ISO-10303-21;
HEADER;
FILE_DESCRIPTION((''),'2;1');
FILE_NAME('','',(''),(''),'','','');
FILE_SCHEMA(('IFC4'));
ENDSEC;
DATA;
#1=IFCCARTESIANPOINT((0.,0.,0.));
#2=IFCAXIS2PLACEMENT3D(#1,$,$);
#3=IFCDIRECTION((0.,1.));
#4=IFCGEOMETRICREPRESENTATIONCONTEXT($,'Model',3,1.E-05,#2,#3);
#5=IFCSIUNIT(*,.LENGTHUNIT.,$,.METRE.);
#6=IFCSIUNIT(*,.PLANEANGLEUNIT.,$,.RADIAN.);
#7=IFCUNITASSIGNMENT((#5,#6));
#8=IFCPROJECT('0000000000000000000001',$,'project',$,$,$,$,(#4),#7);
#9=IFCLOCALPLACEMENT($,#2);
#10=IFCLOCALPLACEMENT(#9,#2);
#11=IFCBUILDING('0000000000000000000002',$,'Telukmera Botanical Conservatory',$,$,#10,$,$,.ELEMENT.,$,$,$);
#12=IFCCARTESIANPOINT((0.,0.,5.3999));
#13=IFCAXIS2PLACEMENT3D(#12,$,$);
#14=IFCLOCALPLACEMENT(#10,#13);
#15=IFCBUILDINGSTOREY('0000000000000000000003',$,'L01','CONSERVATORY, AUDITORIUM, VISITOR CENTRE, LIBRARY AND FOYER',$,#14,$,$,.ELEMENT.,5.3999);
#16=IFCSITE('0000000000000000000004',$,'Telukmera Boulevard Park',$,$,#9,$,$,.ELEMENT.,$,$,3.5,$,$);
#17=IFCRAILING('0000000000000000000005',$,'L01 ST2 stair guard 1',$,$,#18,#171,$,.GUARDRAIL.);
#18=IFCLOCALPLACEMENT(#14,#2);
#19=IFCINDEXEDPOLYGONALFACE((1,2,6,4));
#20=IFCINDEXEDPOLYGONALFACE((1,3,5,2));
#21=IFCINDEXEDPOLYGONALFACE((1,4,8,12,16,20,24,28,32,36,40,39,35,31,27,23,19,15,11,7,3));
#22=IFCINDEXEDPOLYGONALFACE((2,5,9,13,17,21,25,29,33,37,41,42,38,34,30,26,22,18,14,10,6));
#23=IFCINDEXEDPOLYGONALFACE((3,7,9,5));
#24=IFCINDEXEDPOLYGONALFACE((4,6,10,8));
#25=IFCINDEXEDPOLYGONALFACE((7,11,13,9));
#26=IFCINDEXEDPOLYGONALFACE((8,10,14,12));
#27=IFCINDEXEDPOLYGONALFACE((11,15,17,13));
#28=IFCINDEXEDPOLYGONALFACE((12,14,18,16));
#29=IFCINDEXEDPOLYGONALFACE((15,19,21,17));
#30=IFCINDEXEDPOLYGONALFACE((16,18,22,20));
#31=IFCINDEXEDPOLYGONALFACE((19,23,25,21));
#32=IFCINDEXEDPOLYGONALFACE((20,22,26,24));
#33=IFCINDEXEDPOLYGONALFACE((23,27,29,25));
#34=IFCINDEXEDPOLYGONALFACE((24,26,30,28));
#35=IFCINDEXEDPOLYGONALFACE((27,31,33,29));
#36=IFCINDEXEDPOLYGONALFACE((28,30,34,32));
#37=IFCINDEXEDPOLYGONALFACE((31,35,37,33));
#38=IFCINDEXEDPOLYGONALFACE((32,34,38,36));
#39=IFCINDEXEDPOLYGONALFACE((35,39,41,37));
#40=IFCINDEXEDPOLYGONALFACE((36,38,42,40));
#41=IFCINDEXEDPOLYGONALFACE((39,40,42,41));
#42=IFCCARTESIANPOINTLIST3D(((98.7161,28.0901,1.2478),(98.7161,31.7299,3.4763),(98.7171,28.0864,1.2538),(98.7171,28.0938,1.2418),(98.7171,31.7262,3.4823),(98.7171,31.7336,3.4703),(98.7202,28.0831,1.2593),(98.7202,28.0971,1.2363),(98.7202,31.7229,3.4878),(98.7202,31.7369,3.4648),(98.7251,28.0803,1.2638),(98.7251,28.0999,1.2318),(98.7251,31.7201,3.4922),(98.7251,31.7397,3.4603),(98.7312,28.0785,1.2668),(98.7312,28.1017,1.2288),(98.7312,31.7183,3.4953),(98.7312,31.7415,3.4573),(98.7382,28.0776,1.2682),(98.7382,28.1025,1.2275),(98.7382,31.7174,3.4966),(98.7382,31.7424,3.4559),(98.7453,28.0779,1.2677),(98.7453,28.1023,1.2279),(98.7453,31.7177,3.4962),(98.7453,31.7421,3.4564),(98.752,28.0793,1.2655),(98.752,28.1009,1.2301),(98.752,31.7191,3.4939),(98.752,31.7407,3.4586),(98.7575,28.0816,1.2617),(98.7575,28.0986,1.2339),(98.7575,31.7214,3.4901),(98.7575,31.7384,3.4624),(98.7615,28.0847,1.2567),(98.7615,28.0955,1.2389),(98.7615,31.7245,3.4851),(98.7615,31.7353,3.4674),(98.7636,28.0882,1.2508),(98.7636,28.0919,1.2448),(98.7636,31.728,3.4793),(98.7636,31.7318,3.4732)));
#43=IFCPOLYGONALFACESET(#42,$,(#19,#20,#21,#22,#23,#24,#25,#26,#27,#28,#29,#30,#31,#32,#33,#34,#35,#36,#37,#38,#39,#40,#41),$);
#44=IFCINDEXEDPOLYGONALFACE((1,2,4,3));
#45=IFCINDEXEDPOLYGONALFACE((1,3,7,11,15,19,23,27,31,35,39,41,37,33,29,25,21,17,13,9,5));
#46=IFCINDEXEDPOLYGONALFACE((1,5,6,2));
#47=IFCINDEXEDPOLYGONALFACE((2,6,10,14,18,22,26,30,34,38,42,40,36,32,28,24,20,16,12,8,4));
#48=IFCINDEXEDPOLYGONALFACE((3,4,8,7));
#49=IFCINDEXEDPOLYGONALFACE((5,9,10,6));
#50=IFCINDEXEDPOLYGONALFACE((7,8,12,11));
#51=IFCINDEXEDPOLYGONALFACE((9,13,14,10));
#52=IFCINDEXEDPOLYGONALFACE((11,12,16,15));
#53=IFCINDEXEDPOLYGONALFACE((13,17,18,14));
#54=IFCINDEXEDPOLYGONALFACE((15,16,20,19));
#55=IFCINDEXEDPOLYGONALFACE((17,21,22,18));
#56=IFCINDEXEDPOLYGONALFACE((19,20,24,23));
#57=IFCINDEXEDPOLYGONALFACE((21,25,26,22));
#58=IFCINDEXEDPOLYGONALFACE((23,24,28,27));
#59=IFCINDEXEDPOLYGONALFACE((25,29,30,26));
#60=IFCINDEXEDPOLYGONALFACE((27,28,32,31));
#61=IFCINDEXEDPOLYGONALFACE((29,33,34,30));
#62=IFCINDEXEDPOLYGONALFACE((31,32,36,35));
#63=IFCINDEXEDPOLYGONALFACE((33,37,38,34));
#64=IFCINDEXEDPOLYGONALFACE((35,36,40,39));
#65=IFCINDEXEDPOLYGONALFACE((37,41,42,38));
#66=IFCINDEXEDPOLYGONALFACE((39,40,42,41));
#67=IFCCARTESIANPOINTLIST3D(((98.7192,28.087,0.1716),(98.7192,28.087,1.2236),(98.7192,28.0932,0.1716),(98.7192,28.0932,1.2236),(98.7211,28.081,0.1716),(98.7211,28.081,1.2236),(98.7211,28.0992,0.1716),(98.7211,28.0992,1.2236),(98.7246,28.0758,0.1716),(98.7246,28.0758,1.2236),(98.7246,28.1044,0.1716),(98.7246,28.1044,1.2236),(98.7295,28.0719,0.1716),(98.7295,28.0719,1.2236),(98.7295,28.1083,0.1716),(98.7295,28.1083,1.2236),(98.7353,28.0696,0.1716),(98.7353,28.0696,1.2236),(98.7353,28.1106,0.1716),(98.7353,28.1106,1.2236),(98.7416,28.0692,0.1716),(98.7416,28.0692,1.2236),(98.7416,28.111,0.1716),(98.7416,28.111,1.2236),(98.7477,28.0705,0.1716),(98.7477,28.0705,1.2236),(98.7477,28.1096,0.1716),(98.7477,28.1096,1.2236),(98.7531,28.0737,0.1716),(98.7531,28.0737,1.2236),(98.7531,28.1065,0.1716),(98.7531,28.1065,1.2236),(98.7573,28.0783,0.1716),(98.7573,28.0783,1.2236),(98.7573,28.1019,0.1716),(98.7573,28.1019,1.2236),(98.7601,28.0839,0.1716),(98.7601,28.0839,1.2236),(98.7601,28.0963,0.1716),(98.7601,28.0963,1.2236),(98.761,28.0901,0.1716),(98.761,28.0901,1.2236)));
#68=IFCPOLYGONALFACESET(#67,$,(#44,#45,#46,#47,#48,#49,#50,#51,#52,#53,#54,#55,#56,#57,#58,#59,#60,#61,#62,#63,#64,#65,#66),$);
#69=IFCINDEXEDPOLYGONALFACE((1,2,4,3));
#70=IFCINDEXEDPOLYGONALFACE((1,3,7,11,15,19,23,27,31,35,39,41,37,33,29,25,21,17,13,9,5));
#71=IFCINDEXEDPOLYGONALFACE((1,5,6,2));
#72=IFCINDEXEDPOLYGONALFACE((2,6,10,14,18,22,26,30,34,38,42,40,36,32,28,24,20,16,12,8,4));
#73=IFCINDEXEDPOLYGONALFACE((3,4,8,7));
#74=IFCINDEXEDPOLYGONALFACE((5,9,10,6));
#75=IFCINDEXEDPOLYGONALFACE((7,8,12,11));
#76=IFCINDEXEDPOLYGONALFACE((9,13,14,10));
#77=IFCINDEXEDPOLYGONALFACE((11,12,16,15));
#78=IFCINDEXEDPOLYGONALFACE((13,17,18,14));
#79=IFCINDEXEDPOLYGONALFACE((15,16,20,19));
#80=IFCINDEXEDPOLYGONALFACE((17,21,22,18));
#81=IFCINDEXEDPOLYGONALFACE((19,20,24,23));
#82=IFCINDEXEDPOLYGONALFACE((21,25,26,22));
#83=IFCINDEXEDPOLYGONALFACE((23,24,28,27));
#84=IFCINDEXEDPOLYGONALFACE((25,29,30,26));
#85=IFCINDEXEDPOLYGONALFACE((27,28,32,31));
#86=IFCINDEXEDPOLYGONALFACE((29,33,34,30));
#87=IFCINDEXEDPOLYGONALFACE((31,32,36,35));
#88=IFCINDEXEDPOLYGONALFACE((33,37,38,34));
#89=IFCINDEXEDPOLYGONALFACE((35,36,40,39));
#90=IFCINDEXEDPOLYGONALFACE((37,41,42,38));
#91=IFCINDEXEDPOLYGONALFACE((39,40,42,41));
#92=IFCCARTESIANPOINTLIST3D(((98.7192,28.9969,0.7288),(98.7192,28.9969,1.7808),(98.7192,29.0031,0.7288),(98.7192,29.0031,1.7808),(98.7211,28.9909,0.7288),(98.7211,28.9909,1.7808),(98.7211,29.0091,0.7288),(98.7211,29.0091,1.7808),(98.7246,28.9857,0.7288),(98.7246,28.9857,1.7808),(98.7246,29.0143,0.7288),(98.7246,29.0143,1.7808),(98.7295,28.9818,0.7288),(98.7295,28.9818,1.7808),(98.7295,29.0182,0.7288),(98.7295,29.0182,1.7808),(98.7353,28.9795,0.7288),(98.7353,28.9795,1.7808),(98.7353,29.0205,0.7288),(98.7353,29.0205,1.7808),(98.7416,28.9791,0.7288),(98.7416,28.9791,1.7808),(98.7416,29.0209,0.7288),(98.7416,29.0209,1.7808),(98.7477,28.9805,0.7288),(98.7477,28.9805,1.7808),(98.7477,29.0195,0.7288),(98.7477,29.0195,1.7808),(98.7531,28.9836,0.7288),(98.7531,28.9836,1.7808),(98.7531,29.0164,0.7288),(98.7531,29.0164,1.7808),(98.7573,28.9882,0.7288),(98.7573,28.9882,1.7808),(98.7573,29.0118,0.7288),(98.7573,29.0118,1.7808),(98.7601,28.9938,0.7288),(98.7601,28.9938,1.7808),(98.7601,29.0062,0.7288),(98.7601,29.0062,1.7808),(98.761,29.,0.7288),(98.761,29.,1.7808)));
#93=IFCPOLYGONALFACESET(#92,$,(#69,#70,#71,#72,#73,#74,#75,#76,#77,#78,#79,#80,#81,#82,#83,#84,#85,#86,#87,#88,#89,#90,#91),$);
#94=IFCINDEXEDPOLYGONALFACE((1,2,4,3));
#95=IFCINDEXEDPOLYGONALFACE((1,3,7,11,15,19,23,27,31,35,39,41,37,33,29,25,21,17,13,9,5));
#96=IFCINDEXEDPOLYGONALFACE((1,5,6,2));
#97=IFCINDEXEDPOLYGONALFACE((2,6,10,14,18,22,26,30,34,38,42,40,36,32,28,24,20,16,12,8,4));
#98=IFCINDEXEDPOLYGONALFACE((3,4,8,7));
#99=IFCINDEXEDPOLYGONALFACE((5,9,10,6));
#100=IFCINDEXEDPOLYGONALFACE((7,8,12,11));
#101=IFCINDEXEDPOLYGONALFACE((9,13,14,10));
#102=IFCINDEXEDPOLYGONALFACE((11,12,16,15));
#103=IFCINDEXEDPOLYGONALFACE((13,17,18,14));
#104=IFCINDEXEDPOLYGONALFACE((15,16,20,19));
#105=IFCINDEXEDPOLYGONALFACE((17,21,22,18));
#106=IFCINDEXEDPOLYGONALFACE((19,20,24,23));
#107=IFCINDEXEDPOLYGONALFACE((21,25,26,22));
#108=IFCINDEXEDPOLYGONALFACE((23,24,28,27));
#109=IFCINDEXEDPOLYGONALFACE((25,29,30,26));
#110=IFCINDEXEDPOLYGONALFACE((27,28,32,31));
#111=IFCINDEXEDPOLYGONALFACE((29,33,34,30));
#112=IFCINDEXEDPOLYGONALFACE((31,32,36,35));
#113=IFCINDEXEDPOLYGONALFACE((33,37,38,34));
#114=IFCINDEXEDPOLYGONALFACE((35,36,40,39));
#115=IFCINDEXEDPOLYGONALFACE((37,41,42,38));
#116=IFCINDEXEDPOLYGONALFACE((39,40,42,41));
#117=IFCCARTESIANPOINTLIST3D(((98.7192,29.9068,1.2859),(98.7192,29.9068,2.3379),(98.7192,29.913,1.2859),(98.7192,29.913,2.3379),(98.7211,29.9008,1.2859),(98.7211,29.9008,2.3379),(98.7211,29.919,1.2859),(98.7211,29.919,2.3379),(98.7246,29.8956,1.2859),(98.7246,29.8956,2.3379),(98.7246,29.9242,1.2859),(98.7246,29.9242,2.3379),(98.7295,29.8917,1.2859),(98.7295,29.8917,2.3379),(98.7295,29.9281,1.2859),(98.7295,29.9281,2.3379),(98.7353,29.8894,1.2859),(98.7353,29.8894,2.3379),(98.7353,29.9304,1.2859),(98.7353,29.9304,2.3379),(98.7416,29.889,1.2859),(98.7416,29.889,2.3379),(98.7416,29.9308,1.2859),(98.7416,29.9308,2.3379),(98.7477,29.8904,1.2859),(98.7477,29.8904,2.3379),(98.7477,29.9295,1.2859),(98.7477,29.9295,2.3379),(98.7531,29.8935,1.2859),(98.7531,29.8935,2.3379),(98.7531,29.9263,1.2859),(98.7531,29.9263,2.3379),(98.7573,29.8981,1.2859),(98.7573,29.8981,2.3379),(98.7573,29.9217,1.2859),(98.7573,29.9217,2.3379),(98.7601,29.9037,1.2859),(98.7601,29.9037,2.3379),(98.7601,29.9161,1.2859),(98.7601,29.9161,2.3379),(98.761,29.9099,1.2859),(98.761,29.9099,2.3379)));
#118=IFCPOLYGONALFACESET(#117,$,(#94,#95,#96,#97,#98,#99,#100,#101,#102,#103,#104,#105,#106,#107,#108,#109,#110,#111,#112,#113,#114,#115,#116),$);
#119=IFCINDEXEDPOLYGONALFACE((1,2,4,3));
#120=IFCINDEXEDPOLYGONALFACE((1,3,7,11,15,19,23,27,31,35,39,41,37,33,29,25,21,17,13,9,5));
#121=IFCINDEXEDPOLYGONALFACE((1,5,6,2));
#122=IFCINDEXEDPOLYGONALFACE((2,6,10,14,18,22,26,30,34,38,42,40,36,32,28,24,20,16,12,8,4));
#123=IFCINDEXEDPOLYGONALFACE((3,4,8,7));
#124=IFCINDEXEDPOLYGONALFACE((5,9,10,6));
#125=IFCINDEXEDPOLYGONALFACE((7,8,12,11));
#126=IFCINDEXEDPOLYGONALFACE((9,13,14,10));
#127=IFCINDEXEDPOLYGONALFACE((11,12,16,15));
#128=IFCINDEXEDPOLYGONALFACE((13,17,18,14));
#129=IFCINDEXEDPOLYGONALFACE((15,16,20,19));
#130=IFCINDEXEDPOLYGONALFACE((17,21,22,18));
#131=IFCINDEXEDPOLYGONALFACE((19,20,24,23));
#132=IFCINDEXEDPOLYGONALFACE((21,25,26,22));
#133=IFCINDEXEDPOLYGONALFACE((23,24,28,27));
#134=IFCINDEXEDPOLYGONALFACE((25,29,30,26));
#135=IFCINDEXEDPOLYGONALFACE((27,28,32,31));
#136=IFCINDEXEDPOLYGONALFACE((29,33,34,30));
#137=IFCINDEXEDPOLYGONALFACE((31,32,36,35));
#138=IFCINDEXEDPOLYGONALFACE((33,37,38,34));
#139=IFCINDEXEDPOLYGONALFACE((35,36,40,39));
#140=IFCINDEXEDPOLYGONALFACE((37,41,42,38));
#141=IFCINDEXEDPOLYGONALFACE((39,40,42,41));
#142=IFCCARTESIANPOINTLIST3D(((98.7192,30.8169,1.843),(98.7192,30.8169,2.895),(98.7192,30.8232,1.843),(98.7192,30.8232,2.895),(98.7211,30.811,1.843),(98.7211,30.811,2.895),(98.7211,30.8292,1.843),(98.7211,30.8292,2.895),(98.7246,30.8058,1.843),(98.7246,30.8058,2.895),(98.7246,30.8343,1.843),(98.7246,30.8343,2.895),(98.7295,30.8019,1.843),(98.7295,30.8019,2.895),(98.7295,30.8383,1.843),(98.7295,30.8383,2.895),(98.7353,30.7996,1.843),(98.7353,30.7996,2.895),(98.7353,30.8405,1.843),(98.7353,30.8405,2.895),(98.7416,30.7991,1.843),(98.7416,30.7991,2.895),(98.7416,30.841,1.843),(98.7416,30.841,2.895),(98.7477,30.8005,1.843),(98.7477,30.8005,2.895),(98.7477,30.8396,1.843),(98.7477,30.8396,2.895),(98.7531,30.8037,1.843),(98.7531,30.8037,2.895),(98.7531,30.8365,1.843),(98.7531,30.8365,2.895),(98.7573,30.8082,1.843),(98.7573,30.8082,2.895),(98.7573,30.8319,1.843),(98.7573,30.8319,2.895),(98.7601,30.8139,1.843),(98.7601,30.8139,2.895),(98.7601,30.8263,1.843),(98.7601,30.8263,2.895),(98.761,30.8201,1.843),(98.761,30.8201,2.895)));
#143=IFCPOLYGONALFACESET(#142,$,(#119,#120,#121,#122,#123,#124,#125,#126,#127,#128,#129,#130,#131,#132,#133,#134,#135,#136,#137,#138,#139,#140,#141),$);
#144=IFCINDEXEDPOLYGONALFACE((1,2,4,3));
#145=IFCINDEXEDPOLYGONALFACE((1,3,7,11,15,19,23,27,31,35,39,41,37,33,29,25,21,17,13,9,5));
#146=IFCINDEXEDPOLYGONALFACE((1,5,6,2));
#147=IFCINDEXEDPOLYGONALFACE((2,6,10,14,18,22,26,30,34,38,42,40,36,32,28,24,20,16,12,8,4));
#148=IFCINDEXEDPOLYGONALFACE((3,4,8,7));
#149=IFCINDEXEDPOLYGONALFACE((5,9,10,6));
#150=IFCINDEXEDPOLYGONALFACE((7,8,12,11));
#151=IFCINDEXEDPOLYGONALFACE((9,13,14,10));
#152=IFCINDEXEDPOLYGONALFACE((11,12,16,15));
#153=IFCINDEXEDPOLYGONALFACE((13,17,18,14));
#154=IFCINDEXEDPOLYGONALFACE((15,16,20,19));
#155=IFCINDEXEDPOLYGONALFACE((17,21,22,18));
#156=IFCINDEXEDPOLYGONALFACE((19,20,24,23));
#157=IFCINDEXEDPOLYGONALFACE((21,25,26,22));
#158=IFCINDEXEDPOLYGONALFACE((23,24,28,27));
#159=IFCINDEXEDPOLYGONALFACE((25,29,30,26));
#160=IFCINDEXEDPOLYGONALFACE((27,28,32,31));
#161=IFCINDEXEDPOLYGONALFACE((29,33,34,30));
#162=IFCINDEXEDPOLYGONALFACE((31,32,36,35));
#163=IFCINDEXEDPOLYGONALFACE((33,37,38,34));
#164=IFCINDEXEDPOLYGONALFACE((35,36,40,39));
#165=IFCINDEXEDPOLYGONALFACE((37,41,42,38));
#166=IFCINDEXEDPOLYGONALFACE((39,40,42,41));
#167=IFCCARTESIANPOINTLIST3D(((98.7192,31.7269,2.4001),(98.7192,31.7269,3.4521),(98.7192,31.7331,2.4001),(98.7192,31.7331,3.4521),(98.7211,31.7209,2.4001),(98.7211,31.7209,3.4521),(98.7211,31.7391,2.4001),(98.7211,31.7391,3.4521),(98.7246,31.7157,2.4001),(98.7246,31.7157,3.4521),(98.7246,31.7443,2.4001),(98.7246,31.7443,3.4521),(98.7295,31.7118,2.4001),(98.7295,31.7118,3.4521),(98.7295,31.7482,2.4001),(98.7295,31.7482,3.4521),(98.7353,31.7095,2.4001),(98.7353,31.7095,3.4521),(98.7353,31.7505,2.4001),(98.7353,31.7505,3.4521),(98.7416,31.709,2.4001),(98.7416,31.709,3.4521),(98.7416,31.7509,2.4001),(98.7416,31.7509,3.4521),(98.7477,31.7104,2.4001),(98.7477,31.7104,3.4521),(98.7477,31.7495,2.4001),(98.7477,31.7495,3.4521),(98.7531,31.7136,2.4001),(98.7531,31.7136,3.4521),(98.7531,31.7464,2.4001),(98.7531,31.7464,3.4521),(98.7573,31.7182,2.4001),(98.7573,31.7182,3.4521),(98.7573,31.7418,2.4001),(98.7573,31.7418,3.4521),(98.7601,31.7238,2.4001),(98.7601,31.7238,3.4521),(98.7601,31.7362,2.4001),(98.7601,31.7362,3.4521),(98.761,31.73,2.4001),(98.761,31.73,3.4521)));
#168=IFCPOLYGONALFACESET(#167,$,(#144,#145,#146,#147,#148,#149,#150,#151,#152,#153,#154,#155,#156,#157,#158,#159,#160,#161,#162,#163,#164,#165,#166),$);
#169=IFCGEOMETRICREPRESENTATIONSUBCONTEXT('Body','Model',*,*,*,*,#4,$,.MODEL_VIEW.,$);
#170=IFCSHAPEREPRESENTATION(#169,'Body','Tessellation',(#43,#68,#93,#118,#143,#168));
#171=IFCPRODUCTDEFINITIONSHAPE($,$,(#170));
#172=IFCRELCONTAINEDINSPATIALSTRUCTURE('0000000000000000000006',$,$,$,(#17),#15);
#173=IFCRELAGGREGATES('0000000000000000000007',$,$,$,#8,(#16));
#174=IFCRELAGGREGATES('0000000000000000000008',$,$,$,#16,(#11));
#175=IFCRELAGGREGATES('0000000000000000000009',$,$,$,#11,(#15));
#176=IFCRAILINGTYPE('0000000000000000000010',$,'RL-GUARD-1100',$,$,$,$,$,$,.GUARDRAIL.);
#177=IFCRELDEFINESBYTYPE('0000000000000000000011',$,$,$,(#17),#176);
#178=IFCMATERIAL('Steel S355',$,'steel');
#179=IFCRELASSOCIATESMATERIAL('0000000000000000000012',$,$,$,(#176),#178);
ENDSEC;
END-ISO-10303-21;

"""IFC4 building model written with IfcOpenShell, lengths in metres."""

from ifc_helpers import new_model, si_unit, direction, frame, origin, origin_2d, place, context, subcontext, project, spatial, circle, extrude, material, type_object, element, save


model = new_model("IFC4")

# Units and contexts
model_context = context("Model", 3, precision=1e-05, world=origin(), true_north=direction((0.0, 1.0)))
body_context = subcontext(model_context, "Body", "Model", "MODEL_VIEW")
ifc_project = project(units=[si_unit("LENGTHUNIT", "METRE"), si_unit("PLANEANGLEUNIT", "RADIAN")], contexts=[model_context])

# Site, building, storey
site_placement = place(None, origin())
site = spatial("IfcSite", under=ifc_project, at=site_placement, Name="Telukmera Boulevard Park", CompositionType="ELEMENT", RefElevation=3.5)
building_placement = place(site_placement, origin())
building = spatial("IfcBuilding", under=site, at=building_placement, Name="Telukmera Botanical Conservatory", CompositionType="ELEMENT")
storey_placement = place(building_placement, frame((0.0, 0.0, 5.3999)))
storey = spatial("IfcBuildingStorey", under=building, at=storey_placement, Name="L01", Description="CONSERVATORY, AUDITORIUM, VISITOR CENTRE, LIBRARY AND FOYER", CompositionType="ELEMENT", Elevation=5.3999)

# Railing
ifc_material_1 = material(Name="Steel S355", Category="steel")
railing_type_1 = type_object("IfcRailingType", Name="RL-GUARD-1100", PredefinedType="GUARDRAIL", material=ifc_material_1)
railing_1_placement = place(storey_placement, frame((98.74, 28.0901, 0.1716)))
element("IfcRailing", 1, at=railing_1_placement, inside=storey, type_object=railing_type_1, Name="L01 ST2 stair guard 1", PredefinedType="GUARDRAIL", context=body_context, shape_type="SweptSolid", body=[
    extrude(circle(Radius=0.0239, at=origin_2d()), frame((0.0, 0.0, 1.0762), z_axis=(0.0, 0.85285, 0.522156), x_axis=(-1.0, 0.0, 0.0)), (0.0, 0.0, 1.0), 4.2678),
    extrude(circle(Radius=0.021, at=origin_2d()), origin(), (0.0, 0.0, 1.0), 1.052),
    extrude(circle(Radius=0.021, at=origin_2d()), frame((0.0, 0.9099, 0.5571)), (0.0, 0.0, 1.0), 1.052),
    extrude(circle(Radius=0.021, at=origin_2d()), frame((0.0, 1.8198, 1.1143)), (0.0, 0.0, 1.0), 1.052),
    extrude(circle(Radius=0.021, at=origin_2d()), frame((0.0, 2.73, 1.6714)), (0.0, 0.0, 1.0), 1.052),
    extrude(circle(Radius=0.021, at=origin_2d()), frame((0.0, 3.6399, 2.2285)), (0.0, 0.0, 1.0), 1.052),
])

save(model, "model.ifc")
